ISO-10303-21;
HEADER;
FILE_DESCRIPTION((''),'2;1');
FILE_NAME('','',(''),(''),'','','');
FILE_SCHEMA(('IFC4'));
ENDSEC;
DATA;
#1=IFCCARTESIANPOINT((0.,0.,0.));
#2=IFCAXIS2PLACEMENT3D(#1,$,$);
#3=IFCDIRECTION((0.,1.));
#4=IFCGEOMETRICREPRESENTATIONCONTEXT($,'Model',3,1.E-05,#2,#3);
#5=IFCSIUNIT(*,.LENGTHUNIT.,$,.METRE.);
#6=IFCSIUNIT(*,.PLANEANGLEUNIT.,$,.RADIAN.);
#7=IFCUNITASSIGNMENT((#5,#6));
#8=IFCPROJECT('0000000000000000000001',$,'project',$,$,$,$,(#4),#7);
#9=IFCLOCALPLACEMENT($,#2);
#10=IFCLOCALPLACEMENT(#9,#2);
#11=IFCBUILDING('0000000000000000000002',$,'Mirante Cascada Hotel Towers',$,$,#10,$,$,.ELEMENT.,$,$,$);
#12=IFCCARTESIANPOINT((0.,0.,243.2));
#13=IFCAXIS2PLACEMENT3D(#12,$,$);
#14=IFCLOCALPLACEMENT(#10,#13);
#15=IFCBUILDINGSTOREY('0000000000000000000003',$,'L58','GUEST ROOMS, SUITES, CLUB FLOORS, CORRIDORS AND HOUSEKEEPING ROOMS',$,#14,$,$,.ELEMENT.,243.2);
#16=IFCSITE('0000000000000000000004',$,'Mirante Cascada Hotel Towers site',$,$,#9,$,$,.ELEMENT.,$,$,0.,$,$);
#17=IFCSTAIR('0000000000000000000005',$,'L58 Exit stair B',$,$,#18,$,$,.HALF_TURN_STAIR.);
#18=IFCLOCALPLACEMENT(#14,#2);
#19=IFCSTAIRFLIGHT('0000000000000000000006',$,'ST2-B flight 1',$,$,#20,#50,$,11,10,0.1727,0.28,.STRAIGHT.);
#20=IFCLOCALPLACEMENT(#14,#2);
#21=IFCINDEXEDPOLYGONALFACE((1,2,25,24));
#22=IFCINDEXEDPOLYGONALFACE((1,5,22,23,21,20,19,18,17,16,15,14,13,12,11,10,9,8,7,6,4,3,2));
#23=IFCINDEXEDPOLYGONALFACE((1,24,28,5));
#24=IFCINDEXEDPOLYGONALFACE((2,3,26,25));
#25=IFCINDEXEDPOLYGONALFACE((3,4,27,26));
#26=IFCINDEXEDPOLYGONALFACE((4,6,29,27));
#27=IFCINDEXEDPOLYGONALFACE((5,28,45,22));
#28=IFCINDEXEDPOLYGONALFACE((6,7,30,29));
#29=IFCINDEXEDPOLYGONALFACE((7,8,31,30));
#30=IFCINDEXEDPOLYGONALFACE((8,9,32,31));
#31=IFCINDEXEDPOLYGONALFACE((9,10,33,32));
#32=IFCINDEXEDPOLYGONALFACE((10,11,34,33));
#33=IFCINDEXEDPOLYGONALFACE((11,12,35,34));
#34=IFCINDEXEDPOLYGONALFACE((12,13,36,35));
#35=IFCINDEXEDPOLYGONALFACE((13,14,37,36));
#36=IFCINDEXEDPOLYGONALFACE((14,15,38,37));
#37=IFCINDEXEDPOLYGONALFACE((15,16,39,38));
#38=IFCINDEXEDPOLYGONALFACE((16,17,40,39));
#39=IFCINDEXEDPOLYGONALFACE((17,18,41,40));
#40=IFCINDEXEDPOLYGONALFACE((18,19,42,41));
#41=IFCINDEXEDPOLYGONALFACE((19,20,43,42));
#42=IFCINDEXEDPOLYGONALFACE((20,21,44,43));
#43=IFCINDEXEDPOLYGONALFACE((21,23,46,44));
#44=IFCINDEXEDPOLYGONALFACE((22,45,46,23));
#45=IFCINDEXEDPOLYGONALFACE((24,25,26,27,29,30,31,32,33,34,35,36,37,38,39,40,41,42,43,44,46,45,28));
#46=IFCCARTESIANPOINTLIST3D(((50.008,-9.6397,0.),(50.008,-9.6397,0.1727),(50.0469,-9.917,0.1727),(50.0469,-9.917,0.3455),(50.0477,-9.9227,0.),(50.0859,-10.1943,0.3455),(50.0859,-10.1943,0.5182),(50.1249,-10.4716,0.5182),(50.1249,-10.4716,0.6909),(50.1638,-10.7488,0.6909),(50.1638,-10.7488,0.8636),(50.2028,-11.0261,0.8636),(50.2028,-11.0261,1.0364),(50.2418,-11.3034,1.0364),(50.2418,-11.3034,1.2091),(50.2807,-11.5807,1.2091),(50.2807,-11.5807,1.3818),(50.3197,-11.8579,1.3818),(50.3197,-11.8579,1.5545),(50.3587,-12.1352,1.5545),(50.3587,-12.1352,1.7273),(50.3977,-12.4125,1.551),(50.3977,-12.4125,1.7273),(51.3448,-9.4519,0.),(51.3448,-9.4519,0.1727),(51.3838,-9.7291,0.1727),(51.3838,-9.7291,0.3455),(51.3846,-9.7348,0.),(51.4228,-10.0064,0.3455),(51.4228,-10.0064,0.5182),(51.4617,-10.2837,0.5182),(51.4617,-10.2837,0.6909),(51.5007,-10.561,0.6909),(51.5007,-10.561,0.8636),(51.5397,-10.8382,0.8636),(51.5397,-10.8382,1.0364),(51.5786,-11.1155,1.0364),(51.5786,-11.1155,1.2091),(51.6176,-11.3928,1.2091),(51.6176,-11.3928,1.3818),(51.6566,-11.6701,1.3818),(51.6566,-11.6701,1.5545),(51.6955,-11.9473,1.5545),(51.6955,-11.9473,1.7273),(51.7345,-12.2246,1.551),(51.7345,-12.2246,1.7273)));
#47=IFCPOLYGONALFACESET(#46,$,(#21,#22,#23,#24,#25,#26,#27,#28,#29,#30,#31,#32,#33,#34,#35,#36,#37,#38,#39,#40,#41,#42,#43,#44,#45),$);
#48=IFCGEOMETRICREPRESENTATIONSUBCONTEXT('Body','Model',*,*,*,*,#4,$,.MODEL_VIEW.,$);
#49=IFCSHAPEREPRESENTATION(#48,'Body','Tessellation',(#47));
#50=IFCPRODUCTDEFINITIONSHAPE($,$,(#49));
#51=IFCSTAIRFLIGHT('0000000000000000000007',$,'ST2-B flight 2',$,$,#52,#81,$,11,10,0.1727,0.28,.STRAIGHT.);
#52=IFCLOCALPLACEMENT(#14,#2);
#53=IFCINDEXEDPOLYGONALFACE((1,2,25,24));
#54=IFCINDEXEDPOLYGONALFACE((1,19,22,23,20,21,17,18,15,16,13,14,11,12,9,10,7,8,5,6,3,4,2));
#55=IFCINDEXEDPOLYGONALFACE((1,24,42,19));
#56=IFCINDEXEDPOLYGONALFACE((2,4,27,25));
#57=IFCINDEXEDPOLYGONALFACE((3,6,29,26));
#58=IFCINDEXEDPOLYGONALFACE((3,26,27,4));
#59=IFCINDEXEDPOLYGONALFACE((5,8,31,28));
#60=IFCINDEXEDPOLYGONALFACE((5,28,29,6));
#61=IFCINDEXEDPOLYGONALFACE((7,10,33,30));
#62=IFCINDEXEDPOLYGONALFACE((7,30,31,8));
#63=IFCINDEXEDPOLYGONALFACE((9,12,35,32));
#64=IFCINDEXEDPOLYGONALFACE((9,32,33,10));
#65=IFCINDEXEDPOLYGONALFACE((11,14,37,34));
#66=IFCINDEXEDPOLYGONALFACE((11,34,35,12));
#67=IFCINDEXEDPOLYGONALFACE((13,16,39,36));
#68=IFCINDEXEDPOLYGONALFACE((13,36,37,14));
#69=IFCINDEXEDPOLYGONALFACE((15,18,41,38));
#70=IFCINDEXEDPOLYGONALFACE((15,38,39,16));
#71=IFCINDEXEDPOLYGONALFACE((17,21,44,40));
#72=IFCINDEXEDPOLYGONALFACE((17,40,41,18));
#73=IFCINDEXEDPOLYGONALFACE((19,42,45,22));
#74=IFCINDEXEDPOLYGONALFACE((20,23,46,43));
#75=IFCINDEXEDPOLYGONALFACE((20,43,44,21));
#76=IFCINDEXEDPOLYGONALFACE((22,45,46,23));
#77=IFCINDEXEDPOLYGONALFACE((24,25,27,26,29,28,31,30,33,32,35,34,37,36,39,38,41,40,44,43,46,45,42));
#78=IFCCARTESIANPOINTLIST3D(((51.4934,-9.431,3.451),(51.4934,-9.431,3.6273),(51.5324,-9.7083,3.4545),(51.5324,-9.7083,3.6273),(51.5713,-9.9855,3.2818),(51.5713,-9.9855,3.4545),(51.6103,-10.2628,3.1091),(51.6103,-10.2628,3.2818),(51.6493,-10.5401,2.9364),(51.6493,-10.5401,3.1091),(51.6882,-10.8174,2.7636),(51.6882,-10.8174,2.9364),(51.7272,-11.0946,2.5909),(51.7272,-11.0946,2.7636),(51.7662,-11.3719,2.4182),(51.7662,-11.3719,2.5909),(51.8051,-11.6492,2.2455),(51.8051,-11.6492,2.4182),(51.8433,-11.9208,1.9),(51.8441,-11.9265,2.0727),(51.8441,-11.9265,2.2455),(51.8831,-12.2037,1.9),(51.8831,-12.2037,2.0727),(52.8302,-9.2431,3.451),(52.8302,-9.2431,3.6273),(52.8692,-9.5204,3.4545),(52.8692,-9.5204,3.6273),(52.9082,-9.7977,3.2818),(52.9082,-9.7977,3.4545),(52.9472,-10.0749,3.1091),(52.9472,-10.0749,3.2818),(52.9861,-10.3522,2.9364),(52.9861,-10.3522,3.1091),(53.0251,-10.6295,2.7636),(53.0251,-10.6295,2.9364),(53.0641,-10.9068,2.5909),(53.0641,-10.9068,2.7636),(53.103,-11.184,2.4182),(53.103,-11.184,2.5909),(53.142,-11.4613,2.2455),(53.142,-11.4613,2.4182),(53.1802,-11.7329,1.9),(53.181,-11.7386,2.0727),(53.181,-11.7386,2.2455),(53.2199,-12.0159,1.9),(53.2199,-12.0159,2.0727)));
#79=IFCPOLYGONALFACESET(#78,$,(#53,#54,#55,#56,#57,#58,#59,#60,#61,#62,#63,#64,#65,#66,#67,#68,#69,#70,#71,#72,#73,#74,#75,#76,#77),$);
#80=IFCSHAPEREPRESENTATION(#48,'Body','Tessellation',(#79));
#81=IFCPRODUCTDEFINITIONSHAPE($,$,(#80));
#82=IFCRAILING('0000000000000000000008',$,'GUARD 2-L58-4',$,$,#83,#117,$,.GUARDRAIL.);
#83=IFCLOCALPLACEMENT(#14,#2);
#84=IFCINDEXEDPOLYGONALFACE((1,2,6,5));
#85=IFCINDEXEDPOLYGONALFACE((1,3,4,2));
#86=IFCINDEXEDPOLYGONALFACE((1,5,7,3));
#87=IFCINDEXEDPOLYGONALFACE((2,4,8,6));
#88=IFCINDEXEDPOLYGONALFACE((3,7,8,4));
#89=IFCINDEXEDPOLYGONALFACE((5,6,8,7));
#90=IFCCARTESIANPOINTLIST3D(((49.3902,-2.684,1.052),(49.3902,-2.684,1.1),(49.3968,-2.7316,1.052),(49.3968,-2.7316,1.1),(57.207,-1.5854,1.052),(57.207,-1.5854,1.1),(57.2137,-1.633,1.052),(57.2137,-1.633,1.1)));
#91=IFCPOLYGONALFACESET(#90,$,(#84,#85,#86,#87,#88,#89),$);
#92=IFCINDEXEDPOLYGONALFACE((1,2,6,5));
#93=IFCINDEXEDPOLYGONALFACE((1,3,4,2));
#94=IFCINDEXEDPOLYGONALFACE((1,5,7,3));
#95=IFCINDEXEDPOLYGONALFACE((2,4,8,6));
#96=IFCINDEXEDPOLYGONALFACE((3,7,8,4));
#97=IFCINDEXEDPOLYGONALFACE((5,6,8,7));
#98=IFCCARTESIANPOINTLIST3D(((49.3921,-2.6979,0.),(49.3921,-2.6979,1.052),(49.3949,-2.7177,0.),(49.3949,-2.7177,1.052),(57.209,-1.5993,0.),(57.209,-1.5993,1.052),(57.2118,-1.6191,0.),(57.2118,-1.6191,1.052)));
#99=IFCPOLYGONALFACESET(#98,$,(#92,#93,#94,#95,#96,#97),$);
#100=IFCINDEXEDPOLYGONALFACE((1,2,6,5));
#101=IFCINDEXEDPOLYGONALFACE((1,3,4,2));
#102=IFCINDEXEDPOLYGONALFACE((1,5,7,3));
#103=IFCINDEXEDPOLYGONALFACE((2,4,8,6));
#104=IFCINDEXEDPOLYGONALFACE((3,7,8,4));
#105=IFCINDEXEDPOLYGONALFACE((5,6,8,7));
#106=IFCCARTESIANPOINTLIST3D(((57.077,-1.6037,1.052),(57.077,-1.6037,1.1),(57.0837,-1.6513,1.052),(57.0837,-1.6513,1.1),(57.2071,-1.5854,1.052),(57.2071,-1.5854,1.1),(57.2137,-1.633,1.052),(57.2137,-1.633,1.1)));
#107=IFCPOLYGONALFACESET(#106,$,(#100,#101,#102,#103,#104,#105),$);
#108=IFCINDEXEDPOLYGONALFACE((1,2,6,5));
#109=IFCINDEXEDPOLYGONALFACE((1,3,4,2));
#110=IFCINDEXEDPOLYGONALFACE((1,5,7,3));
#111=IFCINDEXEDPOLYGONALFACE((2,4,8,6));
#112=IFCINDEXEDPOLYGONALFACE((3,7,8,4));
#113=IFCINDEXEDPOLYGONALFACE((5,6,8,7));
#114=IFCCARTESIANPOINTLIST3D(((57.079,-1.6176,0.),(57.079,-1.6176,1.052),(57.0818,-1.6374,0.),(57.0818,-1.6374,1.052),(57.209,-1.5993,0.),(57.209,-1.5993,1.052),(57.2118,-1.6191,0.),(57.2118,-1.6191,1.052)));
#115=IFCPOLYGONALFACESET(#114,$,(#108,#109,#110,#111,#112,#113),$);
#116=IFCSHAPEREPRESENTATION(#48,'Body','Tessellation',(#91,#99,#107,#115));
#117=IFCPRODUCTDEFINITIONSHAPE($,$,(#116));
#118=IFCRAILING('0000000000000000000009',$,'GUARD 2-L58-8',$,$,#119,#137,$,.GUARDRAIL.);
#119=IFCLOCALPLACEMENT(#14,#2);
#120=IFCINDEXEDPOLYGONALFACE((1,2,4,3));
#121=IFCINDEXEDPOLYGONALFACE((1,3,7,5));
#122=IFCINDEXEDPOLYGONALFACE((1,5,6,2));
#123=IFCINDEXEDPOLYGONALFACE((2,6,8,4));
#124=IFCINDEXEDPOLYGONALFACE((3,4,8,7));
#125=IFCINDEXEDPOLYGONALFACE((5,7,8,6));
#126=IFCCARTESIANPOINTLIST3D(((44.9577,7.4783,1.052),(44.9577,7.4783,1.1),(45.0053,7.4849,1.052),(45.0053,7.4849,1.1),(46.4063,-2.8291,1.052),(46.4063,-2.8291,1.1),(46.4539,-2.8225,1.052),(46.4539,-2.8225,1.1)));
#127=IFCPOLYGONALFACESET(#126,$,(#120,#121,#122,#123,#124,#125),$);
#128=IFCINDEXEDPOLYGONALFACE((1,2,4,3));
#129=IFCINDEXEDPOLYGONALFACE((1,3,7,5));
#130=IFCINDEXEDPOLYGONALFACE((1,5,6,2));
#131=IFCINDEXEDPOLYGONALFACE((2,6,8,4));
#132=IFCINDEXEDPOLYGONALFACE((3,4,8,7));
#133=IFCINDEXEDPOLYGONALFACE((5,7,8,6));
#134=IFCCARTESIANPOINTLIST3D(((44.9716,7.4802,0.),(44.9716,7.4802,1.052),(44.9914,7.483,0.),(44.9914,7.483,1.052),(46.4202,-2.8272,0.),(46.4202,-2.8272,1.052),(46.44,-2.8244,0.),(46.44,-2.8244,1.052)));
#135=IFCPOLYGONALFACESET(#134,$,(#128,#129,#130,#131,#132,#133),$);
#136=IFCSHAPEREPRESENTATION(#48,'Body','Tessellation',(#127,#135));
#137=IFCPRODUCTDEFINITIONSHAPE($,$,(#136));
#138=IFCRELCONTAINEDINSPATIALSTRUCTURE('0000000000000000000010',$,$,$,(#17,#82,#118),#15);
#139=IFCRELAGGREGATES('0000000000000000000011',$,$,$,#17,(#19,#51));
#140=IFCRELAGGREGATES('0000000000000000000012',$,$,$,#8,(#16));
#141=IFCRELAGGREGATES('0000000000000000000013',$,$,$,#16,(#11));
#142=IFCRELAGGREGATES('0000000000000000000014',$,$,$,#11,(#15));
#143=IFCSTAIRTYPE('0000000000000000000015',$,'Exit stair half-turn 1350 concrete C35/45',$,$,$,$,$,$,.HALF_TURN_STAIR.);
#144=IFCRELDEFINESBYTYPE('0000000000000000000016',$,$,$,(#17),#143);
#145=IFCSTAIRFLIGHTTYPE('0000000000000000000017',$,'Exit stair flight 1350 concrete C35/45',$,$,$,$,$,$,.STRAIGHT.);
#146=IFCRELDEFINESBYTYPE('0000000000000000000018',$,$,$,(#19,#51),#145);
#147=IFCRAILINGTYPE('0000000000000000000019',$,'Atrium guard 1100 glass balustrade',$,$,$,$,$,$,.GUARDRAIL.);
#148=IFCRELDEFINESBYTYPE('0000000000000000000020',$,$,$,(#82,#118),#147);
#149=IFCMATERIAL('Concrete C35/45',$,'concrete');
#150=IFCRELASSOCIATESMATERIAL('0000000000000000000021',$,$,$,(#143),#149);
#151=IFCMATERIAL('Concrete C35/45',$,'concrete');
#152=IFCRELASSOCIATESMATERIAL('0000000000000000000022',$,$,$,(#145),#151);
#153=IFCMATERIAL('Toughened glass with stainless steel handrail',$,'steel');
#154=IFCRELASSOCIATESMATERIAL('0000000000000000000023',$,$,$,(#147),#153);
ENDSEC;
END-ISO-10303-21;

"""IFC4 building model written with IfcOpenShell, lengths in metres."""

from ifc_helpers import new_model, si_unit, direction, frame, origin, origin_2d, place, context, subcontext, project, spatial, polyline, rectangle, outline, extrude, material, type_object, element, aggregate, save


model = new_model("IFC4")

# Units and contexts
model_context = context("Model", 3, precision=1e-05, world=origin(), true_north=direction((0.0, 1.0)))
body_context = subcontext(model_context, "Body", "Model", "MODEL_VIEW")
ifc_project = project(units=[si_unit("LENGTHUNIT", "METRE"), si_unit("PLANEANGLEUNIT", "RADIAN")], contexts=[model_context])

# Site, building, storey
site_placement = place(None, origin())
site = spatial("IfcSite", under=ifc_project, at=site_placement, Name="Mirante Cascada Hotel Towers site", CompositionType="ELEMENT", RefElevation=0.0)
building_placement = place(site_placement, origin())
building = spatial("IfcBuilding", under=site, at=building_placement, Name="Mirante Cascada Hotel Towers", CompositionType="ELEMENT")
storey_placement = place(building_placement, frame((0.0, 0.0, 243.2)))
storey = spatial("IfcBuildingStorey", under=building, at=storey_placement, Name="L58", Description="GUEST ROOMS, SUITES, CLUB FLOORS, CORRIDORS AND HOUSEKEEPING ROOMS", CompositionType="ELEMENT", Elevation=243.2)

# Stair, stair flights
ifc_material_1 = material(Name="Concrete C35/45", Category="concrete")
stair_type = type_object("IfcStairType", Name="Exit stair half-turn 1350 concrete C35/45", PredefinedType="HALF_TURN_STAIR", material=ifc_material_1)
stair_placement = place(storey_placement, origin())
stair = element("IfcStair", 1, at=stair_placement, inside=storey, type_object=stair_type, Name="L58 Exit stair B", PredefinedType="HALF_TURN_STAIR")
ifc_material_2 = material(Name="Concrete C35/45", Category="concrete")
stair_flight_type = type_object("IfcStairFlightType", Name="Exit stair flight 1350 concrete C35/45", PredefinedType="STRAIGHT", material=ifc_material_2)
stair_flight_1_placement = place(storey_placement, frame((50.6764, -9.5458, 0.0), z_axis=(0.0, 0.0, 1.0), x_axis=(0.139173, -0.990268, 0.0)))
stair_flight_1 = element("IfcStairFlight", 2, at=stair_flight_1_placement, type_object=stair_flight_type, Name="ST2-B flight 1", NumberOfRisers=11, NumberOfTreads=10, PredefinedType="STRAIGHT", RiserHeight=0.1727, TreadLength=0.28, context=body_context, shape_type="SweptSolid", body=[
    extrude(outline(polyline([(0.0, 0.0), (0.0, 0.1727), (0.28, 0.1727), (0.28, 0.3455), (0.56, 0.3455), (0.56, 0.5182), (0.84, 0.5182), (0.84, 0.6909), (1.12, 0.6909), (1.12, 0.8636), (1.4, 0.8636), (1.4, 1.0364), (1.68, 1.0364), (1.68, 1.2091), (1.96, 1.2091), (1.96, 1.3818), (2.24, 1.3818), (2.24, 1.5545), (2.52, 1.5545), (2.52, 1.7273), (2.8, 1.7273), (2.8, 1.9), (2.8, 1.551), (0.2857, 0.0), (0.0, 0.0)])), frame((0.0, 0.675, 0.0), z_axis=(0.0, -1.0, 0.0), x_axis=(1.0, 0.0, 0.0)), (0.0, 0.0, 1.0), 1.35),
])
stair_flight_2_placement = place(storey_placement, frame((52.5515, -12.1098, 1.9), z_axis=(0.0, 0.0, 1.0), x_axis=(-0.139173, 0.990268, 0.0)))
stair_flight_2 = element("IfcStairFlight", 3, at=stair_flight_2_placement, type_object=stair_flight_type, Name="ST2-B flight 2", NumberOfRisers=11, NumberOfTreads=10, PredefinedType="STRAIGHT", RiserHeight=0.1727, TreadLength=0.28, context=body_context, shape_type="SweptSolid", body=[
    extrude(outline(polyline([(0.0, 0.0), (0.0, 0.1727), (0.28, 0.1727), (0.28, 0.3455), (0.56, 0.3455), (0.56, 0.5182), (0.84, 0.5182), (0.84, 0.6909), (1.12, 0.6909), (1.12, 0.8636), (1.4, 0.8636), (1.4, 1.0364), (1.68, 1.0364), (1.68, 1.2091), (1.96, 1.2091), (1.96, 1.3818), (2.24, 1.3818), (2.24, 1.5545), (2.52, 1.5545), (2.52, 1.7273), (2.8, 1.7273), (2.8, 1.9), (2.8, 1.551), (0.2857, 0.0), (0.0, 0.0)])), frame((0.0, 0.675, 0.0), z_axis=(0.0, -1.0, 0.0), x_axis=(1.0, 0.0, 0.0)), (0.0, 0.0, 1.0), 1.35),
])
aggregate(stair, [stair_flight_1, stair_flight_2])

# Railings
ifc_material_3 = material(Name="Toughened glass with stainless steel handrail", Category="steel")
railing_type_1 = type_object("IfcRailingType", Name="Atrium guard 1100 glass balustrade", PredefinedType="GUARDRAIL", material=ifc_material_3)
railing_1_placement = place(storey_placement, frame((49.3935, -2.7078, 0.0)))
element("IfcRailing", 4, at=railing_1_placement, inside=storey, type_object=railing_type_1, Name="GUARD 2-L58-4", PredefinedType="GUARDRAIL", context=body_context, shape_type="SweptSolid", body=[
    extrude(rectangle(XDim=0.048, YDim=0.048, at=origin_2d()), frame((0.0, 0.0, 1.076), z_axis=(0.990268, 0.139174, 0.0), x_axis=(-0.139174, 0.990268, 0.0)), (0.0, 0.0, 1.0), 7.8937),
    extrude(rectangle(XDim=0.02, YDim=1.052, at=origin_2d()), frame((0.0, 0.0, 0.526), z_axis=(0.990268, 0.139174, 0.0), x_axis=(-0.139174, 0.990268, 0.0)), (0.0, 0.0, 1.0), 7.8937),
    extrude(rectangle(XDim=0.048, YDim=0.048, at=origin_2d()), frame((7.8169, 1.0986, 1.076), z_axis=(-0.990237, -0.139395, 0.0), x_axis=(0.139395, -0.990237, 0.0)), (0.0, 0.0, 1.0), 0.1313),
    extrude(rectangle(XDim=0.02, YDim=1.052, at=origin_2d()), frame((7.8169, 1.0986, 0.526), z_axis=(-0.990237, -0.139395, 0.0), x_axis=(0.139395, -0.990237, 0.0)), (0.0, 0.0, 1.0), 0.1313),
])
railing_2_placement = place(storey_placement, frame((46.4301, -2.8258, 0.0)))
element("IfcRailing", 5, at=railing_2_placement, inside=storey, type_object=railing_type_1, Name="GUARD 2-L58-8", PredefinedType="GUARDRAIL", context=body_context, shape_type="SweptSolid", body=[
    extrude(rectangle(XDim=0.048, YDim=0.048, at=origin_2d()), frame((0.0, 0.0, 1.076), z_axis=(-0.139172, 0.990268, 0.0), x_axis=(-0.990268, -0.139172, 0.0)), (0.0, 0.0, 1.0), 10.4087),
    extrude(rectangle(XDim=0.02, YDim=1.052, at=origin_2d()), frame((0.0, 0.0, 0.526), z_axis=(-0.139172, 0.990268, 0.0), x_axis=(-0.990268, -0.139172, 0.0)), (0.0, 0.0, 1.0), 10.4087),
])

save(model, "model.ifc")
